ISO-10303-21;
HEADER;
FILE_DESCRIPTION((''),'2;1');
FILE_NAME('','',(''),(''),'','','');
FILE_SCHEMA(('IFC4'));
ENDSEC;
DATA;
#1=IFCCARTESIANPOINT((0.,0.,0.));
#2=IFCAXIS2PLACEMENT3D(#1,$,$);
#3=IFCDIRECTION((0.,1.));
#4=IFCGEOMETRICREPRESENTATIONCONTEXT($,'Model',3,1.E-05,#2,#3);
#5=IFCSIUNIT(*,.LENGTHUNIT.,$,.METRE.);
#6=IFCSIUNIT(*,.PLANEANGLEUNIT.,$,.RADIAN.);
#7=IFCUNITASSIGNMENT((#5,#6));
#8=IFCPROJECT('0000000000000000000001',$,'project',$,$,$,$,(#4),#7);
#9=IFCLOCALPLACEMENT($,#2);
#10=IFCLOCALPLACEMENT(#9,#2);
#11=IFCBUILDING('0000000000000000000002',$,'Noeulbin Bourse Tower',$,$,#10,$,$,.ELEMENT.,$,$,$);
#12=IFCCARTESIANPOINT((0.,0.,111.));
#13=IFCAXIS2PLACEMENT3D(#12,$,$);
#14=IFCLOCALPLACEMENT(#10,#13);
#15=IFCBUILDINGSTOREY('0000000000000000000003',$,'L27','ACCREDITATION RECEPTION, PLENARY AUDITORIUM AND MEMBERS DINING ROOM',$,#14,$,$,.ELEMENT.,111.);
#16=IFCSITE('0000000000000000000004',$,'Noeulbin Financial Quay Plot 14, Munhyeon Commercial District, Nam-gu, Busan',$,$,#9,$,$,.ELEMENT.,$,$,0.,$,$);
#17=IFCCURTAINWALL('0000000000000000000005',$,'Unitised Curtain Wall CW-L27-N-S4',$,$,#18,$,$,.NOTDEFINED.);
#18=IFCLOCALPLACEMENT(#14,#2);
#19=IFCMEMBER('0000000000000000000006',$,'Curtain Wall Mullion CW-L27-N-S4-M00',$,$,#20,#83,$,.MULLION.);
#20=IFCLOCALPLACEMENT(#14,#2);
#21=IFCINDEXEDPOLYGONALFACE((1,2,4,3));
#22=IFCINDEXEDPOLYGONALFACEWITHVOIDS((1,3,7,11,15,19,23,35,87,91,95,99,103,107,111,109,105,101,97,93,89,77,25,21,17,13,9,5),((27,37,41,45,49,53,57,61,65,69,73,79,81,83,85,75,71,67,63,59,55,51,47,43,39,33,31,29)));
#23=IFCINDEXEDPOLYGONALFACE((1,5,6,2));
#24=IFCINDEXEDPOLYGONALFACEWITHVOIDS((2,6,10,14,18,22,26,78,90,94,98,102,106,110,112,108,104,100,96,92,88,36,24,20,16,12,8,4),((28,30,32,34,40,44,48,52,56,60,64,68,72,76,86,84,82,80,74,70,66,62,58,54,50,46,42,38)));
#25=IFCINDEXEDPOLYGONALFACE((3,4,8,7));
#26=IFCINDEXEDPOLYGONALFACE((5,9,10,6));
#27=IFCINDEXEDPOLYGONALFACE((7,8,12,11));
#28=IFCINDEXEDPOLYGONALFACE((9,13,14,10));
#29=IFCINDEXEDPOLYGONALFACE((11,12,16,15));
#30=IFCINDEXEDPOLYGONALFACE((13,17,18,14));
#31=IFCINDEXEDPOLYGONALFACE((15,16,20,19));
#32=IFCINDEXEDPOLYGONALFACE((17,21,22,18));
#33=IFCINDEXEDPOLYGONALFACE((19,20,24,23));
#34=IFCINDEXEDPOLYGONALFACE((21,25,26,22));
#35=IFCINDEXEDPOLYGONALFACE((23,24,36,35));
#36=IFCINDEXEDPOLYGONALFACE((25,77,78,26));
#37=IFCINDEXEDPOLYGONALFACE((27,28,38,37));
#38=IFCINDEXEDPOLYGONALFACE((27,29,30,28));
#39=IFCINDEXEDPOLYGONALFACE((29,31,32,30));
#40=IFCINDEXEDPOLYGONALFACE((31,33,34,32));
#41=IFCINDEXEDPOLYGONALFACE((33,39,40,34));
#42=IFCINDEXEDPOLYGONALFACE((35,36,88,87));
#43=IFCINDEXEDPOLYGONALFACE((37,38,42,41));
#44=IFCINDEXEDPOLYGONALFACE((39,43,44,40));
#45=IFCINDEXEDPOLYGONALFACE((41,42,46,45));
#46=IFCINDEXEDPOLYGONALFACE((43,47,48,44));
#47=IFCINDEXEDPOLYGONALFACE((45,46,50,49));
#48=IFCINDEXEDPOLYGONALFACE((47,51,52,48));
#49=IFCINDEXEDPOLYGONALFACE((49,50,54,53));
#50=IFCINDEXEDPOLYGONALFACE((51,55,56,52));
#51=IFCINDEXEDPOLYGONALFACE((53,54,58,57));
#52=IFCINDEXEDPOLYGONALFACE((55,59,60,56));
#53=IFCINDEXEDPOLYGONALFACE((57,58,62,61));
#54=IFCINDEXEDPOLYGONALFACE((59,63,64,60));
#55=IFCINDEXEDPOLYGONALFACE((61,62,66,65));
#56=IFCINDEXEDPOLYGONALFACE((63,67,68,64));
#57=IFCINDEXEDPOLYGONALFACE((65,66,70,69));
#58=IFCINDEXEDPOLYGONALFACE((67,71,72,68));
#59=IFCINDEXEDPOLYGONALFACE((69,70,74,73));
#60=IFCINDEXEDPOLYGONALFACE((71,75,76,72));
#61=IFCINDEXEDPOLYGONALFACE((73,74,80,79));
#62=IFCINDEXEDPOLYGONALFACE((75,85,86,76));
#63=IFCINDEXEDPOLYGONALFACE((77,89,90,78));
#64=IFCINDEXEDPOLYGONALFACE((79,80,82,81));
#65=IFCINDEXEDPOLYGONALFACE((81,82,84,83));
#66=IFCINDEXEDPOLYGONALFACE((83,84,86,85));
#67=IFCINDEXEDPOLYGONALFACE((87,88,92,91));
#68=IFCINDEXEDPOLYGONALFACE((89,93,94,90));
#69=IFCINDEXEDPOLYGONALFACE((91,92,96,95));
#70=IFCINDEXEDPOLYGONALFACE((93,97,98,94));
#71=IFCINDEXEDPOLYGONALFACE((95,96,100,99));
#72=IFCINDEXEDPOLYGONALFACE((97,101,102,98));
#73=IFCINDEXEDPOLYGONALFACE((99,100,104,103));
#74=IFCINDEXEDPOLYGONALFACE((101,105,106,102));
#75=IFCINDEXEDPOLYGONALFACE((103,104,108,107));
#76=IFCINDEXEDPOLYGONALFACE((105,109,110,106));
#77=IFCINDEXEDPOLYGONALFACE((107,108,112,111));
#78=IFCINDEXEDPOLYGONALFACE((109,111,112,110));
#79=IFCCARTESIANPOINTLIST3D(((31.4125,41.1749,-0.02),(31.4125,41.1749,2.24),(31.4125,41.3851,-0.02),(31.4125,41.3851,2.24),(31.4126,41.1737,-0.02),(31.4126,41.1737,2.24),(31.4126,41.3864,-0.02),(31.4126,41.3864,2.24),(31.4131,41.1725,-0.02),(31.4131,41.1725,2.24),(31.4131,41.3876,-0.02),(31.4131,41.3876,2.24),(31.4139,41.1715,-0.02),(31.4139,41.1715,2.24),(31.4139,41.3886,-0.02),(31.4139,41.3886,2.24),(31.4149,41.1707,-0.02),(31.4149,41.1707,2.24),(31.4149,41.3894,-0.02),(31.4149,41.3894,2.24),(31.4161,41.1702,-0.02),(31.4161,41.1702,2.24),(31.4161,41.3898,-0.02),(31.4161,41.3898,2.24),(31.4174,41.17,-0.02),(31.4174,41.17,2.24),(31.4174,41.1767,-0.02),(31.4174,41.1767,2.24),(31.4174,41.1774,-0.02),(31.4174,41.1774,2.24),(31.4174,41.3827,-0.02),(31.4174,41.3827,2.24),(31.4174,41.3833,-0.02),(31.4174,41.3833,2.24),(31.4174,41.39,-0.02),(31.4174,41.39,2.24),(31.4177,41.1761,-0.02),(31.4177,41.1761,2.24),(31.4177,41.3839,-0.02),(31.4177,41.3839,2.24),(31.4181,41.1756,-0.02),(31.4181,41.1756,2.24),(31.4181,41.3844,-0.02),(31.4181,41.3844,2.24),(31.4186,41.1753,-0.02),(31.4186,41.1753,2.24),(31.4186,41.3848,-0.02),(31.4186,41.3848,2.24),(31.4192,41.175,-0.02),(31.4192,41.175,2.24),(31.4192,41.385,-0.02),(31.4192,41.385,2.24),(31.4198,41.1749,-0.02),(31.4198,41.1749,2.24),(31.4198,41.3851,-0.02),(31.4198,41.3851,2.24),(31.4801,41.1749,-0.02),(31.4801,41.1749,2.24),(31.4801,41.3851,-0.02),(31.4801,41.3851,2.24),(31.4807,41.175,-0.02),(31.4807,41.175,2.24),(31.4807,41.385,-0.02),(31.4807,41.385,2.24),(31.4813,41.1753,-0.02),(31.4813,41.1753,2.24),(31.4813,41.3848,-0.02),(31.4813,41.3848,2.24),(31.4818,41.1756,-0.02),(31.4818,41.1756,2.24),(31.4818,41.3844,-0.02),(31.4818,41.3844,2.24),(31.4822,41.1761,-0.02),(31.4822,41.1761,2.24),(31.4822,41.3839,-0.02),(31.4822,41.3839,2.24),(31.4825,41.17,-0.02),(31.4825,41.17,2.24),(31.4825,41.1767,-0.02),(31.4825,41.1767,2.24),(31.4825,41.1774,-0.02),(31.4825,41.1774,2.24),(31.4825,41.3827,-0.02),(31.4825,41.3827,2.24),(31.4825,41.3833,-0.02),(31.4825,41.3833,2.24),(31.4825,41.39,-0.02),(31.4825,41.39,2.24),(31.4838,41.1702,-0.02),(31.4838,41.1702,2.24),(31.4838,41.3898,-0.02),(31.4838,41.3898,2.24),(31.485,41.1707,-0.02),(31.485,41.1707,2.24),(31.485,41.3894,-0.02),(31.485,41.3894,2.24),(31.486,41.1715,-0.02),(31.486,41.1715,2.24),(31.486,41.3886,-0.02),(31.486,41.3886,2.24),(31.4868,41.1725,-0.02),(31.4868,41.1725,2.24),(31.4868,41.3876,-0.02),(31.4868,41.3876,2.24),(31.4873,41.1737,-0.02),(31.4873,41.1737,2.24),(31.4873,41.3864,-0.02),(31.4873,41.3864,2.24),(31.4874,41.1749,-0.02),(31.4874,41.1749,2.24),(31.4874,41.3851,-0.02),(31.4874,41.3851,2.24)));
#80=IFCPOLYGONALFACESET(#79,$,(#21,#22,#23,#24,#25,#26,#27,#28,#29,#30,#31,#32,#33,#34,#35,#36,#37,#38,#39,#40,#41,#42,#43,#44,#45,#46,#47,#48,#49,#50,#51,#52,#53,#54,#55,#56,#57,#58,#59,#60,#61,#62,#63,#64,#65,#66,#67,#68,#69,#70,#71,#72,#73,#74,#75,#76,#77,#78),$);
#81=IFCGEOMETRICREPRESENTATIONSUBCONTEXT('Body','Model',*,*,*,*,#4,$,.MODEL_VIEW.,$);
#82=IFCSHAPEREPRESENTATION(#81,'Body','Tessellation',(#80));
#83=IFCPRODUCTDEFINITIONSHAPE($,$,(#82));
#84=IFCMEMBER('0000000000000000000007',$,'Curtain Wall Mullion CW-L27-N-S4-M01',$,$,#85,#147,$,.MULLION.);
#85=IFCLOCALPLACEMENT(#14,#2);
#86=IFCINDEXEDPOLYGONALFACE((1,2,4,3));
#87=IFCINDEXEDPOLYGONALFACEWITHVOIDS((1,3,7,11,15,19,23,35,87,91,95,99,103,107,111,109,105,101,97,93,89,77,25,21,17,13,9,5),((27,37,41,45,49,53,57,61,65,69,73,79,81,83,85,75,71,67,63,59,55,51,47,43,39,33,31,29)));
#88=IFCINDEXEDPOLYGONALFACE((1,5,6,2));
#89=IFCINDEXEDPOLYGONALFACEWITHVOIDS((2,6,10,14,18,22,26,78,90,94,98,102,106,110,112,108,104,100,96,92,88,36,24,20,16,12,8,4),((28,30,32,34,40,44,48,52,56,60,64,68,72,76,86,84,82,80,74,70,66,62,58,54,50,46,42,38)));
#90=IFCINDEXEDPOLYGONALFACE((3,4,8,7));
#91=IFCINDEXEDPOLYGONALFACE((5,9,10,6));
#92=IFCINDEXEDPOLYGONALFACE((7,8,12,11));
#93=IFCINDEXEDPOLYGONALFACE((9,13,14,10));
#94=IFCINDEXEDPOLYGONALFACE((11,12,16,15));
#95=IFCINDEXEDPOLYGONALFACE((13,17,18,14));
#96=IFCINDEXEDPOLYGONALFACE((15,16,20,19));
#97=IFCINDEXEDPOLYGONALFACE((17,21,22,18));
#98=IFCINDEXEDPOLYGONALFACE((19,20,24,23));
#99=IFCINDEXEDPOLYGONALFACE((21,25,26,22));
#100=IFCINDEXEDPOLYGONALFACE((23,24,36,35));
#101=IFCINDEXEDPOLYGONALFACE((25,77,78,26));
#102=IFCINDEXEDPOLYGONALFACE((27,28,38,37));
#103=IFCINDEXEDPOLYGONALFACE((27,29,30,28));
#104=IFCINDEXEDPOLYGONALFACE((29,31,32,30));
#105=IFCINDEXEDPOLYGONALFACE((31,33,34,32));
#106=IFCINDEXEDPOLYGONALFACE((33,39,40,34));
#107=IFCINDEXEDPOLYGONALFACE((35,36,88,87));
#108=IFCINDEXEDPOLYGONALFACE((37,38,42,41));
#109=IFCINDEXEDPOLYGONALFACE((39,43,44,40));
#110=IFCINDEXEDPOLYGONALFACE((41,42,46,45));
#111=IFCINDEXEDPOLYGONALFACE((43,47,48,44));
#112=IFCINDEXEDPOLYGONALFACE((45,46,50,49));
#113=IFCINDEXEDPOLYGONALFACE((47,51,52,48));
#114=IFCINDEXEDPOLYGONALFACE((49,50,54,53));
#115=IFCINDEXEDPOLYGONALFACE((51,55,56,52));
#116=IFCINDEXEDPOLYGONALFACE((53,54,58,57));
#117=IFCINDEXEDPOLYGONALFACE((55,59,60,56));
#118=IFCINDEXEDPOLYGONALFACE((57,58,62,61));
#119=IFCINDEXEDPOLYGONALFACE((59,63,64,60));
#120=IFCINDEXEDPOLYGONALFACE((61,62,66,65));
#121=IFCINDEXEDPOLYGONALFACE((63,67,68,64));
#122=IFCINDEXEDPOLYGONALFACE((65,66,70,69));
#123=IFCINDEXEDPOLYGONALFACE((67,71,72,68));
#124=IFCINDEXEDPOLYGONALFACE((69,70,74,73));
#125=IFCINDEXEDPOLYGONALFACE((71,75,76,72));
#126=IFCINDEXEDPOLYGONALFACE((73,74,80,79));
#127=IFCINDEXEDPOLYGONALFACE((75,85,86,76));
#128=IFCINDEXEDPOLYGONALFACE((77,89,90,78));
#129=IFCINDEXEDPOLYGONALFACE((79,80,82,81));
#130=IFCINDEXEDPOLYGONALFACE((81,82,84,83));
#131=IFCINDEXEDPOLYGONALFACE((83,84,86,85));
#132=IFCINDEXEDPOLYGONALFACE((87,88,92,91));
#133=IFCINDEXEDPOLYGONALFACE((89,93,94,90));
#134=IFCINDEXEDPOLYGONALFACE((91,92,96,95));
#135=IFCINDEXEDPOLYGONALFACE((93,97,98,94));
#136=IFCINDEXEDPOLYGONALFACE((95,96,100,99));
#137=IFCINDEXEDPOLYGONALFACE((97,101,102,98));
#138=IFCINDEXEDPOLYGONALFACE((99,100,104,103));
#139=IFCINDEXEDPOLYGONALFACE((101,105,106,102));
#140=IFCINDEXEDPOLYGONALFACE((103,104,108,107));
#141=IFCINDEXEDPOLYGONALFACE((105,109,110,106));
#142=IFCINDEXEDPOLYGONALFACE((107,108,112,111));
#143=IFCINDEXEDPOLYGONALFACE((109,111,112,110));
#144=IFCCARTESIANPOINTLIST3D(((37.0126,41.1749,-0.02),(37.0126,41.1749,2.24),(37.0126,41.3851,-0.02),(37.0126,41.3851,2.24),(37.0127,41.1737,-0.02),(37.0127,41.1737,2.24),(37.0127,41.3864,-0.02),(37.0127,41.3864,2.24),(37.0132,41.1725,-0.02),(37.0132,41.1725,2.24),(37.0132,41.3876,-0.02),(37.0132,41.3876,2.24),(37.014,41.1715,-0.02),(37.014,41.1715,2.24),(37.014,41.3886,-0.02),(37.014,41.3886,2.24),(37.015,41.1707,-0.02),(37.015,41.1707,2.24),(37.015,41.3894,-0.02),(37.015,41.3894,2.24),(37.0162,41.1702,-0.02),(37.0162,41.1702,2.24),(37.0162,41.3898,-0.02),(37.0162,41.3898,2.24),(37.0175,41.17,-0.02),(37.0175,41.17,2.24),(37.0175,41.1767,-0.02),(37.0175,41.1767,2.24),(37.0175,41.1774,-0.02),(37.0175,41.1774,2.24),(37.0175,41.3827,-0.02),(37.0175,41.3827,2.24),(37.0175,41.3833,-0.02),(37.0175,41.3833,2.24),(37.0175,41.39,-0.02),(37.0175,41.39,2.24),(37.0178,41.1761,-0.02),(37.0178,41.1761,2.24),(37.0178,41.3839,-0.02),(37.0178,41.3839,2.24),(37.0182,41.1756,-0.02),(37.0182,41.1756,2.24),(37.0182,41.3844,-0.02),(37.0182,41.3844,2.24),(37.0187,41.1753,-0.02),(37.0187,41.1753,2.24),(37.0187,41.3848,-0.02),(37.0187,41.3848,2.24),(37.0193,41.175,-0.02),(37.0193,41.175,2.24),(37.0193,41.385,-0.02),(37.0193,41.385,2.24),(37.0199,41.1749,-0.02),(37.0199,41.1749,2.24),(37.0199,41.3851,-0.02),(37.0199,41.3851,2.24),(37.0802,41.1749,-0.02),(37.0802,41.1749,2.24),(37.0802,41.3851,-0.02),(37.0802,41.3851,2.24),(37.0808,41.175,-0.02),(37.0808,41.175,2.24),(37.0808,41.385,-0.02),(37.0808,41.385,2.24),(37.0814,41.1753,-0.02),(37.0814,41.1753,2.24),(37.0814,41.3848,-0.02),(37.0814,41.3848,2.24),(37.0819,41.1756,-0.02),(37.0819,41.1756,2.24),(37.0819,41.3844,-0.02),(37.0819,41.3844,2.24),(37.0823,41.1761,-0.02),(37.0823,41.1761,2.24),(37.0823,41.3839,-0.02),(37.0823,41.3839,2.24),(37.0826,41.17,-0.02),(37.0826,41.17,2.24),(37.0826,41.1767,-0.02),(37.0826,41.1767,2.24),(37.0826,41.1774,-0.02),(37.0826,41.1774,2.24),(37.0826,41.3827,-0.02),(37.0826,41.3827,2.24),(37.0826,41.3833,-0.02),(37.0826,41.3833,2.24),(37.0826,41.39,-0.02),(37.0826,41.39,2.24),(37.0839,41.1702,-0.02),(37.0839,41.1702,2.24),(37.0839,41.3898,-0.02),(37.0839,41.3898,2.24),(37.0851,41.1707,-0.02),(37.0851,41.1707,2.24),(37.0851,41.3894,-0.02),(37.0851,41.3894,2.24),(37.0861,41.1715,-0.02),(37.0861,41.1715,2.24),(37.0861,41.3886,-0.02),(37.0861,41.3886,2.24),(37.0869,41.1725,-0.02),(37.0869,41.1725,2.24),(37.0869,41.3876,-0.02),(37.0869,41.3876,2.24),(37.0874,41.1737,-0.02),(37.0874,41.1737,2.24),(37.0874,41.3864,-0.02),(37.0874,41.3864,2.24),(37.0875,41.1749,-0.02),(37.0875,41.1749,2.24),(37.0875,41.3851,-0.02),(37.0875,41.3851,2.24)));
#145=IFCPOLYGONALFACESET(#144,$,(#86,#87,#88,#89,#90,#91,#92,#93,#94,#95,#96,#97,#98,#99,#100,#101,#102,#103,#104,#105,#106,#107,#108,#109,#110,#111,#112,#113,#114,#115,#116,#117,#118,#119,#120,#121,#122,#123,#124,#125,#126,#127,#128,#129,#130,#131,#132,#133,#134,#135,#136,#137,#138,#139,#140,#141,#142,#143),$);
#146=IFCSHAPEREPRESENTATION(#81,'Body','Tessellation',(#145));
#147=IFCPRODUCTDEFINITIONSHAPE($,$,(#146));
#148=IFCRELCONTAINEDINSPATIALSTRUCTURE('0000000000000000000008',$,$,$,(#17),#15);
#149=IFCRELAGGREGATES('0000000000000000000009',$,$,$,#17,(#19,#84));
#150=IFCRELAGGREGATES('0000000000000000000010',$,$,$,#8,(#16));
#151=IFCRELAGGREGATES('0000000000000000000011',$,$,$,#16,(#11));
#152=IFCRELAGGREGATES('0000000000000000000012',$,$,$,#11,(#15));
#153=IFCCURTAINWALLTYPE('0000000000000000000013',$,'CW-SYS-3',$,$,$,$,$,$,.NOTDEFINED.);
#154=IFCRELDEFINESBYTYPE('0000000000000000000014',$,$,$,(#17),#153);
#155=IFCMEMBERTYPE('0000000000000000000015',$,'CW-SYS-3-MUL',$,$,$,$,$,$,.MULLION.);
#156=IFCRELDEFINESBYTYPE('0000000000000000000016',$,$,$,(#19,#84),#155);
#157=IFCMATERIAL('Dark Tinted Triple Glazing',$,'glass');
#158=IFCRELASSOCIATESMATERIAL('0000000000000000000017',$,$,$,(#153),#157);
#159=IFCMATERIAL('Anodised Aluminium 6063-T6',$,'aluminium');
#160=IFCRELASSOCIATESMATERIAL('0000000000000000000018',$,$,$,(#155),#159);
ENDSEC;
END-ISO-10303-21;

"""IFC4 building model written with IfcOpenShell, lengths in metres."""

from ifc_helpers import new_model, si_unit, direction, frame, origin, origin_2d, place, context, subcontext, project, spatial, hollow_rectangle, extrude, material, material_profile, profile_set, type_object, element, aggregate, save


model = new_model("IFC4")

# Units and contexts
model_context = context("Model", 3, precision=1e-05, world=origin(), true_north=direction((0.0, 1.0)))
body_context = subcontext(model_context, "Body", "Model", "MODEL_VIEW")
ifc_project = project(units=[si_unit("LENGTHUNIT", "METRE"), si_unit("PLANEANGLEUNIT", "RADIAN")], contexts=[model_context])

# Site, building, storey
site_placement = place(None, origin())
site = spatial("IfcSite", under=ifc_project, at=site_placement, Name="Noeulbin Financial Quay Plot 14, Munhyeon Commercial District, Nam-gu, Busan", CompositionType="ELEMENT", RefElevation=0.0)
building_placement = place(site_placement, origin())
building = spatial("IfcBuilding", under=site, at=building_placement, Name="Noeulbin Bourse Tower", CompositionType="ELEMENT")
storey_placement = place(building_placement, frame((0.0, 0.0, 111.0)))
storey = spatial("IfcBuildingStorey", under=building, at=storey_placement, Name="L27", Description="ACCREDITATION RECEPTION, PLENARY AUDITORIUM AND MEMBERS DINING ROOM", CompositionType="ELEMENT", Elevation=111.0)

# Shared definitions
ifc_material_1 = material(Name="Dark Tinted Triple Glazing", Category="glass")
curtain_wall_type = type_object("IfcCurtainWallType", Name="CW-SYS-3", PredefinedType="NOTDEFINED", material=ifc_material_1)
ifc_material_2 = material(Name="Anodised Aluminium 6063-T6", Category="aluminium")
ifc_material_profile_1 = material_profile(ifc_material_2, hollow_rectangle(XDim=0.075, YDim=0.22, WallThickness=0.0049, InnerFilletRadius=0.0024, OuterFilletRadius=0.0049, at=origin_2d()), Name="ALU-MULL-75x220x5", Category="LoadBearing")
ifc_profile_set_1 = profile_set([ifc_material_profile_1], Name="Anodised Aluminium 6063-T6")
member_type_1 = type_object("IfcMemberType", Name="CW-SYS-3-MUL", PredefinedType="MULLION", material=ifc_profile_set_1)

# Curtain wall, members
curtain_wall_1_placement = place(storey_placement, origin())
curtain_wall_1 = element("IfcCurtainWall", 1, at=curtain_wall_1_placement, inside=storey, type_object=curtain_wall_type, Name="Unitised Curtain Wall CW-L27-N-S4", PredefinedType="NOTDEFINED")
member_1_placement = place(storey_placement, frame((31.45, 41.28, -0.02), z_axis=(0.0, 0.0, 1.0), x_axis=(1.0, 0.0, 0.0)))
member_1 = element("IfcMember", 2, at=member_1_placement, type_object=member_type_1, Name="Curtain Wall Mullion CW-L27-N-S4-M00", PredefinedType="MULLION", context=body_context, shape_type="SweptSolid", body=[
    extrude(hollow_rectangle(XDim=0.075, YDim=0.22, WallThickness=0.0049, InnerFilletRadius=0.0024, OuterFilletRadius=0.0049, at=origin_2d()), origin(), (0.0, 0.0, 1.0), 2.26),
])
member_2_placement = place(storey_placement, frame((37.05, 41.28, -0.02), z_axis=(0.0, 0.0, 1.0), x_axis=(1.0, 0.0, 0.0)))
member_2 = element("IfcMember", 3, at=member_2_placement, type_object=member_type_1, Name="Curtain Wall Mullion CW-L27-N-S4-M01", PredefinedType="MULLION", context=body_context, shape_type="SweptSolid", body=[
    extrude(hollow_rectangle(XDim=0.075, YDim=0.22, WallThickness=0.0049, InnerFilletRadius=0.0024, OuterFilletRadius=0.0049, at=origin_2d()), origin(), (0.0, 0.0, 1.0), 2.26),
])

aggregate(curtain_wall_1, [member_1, member_2])

save(model, "model.ifc")
